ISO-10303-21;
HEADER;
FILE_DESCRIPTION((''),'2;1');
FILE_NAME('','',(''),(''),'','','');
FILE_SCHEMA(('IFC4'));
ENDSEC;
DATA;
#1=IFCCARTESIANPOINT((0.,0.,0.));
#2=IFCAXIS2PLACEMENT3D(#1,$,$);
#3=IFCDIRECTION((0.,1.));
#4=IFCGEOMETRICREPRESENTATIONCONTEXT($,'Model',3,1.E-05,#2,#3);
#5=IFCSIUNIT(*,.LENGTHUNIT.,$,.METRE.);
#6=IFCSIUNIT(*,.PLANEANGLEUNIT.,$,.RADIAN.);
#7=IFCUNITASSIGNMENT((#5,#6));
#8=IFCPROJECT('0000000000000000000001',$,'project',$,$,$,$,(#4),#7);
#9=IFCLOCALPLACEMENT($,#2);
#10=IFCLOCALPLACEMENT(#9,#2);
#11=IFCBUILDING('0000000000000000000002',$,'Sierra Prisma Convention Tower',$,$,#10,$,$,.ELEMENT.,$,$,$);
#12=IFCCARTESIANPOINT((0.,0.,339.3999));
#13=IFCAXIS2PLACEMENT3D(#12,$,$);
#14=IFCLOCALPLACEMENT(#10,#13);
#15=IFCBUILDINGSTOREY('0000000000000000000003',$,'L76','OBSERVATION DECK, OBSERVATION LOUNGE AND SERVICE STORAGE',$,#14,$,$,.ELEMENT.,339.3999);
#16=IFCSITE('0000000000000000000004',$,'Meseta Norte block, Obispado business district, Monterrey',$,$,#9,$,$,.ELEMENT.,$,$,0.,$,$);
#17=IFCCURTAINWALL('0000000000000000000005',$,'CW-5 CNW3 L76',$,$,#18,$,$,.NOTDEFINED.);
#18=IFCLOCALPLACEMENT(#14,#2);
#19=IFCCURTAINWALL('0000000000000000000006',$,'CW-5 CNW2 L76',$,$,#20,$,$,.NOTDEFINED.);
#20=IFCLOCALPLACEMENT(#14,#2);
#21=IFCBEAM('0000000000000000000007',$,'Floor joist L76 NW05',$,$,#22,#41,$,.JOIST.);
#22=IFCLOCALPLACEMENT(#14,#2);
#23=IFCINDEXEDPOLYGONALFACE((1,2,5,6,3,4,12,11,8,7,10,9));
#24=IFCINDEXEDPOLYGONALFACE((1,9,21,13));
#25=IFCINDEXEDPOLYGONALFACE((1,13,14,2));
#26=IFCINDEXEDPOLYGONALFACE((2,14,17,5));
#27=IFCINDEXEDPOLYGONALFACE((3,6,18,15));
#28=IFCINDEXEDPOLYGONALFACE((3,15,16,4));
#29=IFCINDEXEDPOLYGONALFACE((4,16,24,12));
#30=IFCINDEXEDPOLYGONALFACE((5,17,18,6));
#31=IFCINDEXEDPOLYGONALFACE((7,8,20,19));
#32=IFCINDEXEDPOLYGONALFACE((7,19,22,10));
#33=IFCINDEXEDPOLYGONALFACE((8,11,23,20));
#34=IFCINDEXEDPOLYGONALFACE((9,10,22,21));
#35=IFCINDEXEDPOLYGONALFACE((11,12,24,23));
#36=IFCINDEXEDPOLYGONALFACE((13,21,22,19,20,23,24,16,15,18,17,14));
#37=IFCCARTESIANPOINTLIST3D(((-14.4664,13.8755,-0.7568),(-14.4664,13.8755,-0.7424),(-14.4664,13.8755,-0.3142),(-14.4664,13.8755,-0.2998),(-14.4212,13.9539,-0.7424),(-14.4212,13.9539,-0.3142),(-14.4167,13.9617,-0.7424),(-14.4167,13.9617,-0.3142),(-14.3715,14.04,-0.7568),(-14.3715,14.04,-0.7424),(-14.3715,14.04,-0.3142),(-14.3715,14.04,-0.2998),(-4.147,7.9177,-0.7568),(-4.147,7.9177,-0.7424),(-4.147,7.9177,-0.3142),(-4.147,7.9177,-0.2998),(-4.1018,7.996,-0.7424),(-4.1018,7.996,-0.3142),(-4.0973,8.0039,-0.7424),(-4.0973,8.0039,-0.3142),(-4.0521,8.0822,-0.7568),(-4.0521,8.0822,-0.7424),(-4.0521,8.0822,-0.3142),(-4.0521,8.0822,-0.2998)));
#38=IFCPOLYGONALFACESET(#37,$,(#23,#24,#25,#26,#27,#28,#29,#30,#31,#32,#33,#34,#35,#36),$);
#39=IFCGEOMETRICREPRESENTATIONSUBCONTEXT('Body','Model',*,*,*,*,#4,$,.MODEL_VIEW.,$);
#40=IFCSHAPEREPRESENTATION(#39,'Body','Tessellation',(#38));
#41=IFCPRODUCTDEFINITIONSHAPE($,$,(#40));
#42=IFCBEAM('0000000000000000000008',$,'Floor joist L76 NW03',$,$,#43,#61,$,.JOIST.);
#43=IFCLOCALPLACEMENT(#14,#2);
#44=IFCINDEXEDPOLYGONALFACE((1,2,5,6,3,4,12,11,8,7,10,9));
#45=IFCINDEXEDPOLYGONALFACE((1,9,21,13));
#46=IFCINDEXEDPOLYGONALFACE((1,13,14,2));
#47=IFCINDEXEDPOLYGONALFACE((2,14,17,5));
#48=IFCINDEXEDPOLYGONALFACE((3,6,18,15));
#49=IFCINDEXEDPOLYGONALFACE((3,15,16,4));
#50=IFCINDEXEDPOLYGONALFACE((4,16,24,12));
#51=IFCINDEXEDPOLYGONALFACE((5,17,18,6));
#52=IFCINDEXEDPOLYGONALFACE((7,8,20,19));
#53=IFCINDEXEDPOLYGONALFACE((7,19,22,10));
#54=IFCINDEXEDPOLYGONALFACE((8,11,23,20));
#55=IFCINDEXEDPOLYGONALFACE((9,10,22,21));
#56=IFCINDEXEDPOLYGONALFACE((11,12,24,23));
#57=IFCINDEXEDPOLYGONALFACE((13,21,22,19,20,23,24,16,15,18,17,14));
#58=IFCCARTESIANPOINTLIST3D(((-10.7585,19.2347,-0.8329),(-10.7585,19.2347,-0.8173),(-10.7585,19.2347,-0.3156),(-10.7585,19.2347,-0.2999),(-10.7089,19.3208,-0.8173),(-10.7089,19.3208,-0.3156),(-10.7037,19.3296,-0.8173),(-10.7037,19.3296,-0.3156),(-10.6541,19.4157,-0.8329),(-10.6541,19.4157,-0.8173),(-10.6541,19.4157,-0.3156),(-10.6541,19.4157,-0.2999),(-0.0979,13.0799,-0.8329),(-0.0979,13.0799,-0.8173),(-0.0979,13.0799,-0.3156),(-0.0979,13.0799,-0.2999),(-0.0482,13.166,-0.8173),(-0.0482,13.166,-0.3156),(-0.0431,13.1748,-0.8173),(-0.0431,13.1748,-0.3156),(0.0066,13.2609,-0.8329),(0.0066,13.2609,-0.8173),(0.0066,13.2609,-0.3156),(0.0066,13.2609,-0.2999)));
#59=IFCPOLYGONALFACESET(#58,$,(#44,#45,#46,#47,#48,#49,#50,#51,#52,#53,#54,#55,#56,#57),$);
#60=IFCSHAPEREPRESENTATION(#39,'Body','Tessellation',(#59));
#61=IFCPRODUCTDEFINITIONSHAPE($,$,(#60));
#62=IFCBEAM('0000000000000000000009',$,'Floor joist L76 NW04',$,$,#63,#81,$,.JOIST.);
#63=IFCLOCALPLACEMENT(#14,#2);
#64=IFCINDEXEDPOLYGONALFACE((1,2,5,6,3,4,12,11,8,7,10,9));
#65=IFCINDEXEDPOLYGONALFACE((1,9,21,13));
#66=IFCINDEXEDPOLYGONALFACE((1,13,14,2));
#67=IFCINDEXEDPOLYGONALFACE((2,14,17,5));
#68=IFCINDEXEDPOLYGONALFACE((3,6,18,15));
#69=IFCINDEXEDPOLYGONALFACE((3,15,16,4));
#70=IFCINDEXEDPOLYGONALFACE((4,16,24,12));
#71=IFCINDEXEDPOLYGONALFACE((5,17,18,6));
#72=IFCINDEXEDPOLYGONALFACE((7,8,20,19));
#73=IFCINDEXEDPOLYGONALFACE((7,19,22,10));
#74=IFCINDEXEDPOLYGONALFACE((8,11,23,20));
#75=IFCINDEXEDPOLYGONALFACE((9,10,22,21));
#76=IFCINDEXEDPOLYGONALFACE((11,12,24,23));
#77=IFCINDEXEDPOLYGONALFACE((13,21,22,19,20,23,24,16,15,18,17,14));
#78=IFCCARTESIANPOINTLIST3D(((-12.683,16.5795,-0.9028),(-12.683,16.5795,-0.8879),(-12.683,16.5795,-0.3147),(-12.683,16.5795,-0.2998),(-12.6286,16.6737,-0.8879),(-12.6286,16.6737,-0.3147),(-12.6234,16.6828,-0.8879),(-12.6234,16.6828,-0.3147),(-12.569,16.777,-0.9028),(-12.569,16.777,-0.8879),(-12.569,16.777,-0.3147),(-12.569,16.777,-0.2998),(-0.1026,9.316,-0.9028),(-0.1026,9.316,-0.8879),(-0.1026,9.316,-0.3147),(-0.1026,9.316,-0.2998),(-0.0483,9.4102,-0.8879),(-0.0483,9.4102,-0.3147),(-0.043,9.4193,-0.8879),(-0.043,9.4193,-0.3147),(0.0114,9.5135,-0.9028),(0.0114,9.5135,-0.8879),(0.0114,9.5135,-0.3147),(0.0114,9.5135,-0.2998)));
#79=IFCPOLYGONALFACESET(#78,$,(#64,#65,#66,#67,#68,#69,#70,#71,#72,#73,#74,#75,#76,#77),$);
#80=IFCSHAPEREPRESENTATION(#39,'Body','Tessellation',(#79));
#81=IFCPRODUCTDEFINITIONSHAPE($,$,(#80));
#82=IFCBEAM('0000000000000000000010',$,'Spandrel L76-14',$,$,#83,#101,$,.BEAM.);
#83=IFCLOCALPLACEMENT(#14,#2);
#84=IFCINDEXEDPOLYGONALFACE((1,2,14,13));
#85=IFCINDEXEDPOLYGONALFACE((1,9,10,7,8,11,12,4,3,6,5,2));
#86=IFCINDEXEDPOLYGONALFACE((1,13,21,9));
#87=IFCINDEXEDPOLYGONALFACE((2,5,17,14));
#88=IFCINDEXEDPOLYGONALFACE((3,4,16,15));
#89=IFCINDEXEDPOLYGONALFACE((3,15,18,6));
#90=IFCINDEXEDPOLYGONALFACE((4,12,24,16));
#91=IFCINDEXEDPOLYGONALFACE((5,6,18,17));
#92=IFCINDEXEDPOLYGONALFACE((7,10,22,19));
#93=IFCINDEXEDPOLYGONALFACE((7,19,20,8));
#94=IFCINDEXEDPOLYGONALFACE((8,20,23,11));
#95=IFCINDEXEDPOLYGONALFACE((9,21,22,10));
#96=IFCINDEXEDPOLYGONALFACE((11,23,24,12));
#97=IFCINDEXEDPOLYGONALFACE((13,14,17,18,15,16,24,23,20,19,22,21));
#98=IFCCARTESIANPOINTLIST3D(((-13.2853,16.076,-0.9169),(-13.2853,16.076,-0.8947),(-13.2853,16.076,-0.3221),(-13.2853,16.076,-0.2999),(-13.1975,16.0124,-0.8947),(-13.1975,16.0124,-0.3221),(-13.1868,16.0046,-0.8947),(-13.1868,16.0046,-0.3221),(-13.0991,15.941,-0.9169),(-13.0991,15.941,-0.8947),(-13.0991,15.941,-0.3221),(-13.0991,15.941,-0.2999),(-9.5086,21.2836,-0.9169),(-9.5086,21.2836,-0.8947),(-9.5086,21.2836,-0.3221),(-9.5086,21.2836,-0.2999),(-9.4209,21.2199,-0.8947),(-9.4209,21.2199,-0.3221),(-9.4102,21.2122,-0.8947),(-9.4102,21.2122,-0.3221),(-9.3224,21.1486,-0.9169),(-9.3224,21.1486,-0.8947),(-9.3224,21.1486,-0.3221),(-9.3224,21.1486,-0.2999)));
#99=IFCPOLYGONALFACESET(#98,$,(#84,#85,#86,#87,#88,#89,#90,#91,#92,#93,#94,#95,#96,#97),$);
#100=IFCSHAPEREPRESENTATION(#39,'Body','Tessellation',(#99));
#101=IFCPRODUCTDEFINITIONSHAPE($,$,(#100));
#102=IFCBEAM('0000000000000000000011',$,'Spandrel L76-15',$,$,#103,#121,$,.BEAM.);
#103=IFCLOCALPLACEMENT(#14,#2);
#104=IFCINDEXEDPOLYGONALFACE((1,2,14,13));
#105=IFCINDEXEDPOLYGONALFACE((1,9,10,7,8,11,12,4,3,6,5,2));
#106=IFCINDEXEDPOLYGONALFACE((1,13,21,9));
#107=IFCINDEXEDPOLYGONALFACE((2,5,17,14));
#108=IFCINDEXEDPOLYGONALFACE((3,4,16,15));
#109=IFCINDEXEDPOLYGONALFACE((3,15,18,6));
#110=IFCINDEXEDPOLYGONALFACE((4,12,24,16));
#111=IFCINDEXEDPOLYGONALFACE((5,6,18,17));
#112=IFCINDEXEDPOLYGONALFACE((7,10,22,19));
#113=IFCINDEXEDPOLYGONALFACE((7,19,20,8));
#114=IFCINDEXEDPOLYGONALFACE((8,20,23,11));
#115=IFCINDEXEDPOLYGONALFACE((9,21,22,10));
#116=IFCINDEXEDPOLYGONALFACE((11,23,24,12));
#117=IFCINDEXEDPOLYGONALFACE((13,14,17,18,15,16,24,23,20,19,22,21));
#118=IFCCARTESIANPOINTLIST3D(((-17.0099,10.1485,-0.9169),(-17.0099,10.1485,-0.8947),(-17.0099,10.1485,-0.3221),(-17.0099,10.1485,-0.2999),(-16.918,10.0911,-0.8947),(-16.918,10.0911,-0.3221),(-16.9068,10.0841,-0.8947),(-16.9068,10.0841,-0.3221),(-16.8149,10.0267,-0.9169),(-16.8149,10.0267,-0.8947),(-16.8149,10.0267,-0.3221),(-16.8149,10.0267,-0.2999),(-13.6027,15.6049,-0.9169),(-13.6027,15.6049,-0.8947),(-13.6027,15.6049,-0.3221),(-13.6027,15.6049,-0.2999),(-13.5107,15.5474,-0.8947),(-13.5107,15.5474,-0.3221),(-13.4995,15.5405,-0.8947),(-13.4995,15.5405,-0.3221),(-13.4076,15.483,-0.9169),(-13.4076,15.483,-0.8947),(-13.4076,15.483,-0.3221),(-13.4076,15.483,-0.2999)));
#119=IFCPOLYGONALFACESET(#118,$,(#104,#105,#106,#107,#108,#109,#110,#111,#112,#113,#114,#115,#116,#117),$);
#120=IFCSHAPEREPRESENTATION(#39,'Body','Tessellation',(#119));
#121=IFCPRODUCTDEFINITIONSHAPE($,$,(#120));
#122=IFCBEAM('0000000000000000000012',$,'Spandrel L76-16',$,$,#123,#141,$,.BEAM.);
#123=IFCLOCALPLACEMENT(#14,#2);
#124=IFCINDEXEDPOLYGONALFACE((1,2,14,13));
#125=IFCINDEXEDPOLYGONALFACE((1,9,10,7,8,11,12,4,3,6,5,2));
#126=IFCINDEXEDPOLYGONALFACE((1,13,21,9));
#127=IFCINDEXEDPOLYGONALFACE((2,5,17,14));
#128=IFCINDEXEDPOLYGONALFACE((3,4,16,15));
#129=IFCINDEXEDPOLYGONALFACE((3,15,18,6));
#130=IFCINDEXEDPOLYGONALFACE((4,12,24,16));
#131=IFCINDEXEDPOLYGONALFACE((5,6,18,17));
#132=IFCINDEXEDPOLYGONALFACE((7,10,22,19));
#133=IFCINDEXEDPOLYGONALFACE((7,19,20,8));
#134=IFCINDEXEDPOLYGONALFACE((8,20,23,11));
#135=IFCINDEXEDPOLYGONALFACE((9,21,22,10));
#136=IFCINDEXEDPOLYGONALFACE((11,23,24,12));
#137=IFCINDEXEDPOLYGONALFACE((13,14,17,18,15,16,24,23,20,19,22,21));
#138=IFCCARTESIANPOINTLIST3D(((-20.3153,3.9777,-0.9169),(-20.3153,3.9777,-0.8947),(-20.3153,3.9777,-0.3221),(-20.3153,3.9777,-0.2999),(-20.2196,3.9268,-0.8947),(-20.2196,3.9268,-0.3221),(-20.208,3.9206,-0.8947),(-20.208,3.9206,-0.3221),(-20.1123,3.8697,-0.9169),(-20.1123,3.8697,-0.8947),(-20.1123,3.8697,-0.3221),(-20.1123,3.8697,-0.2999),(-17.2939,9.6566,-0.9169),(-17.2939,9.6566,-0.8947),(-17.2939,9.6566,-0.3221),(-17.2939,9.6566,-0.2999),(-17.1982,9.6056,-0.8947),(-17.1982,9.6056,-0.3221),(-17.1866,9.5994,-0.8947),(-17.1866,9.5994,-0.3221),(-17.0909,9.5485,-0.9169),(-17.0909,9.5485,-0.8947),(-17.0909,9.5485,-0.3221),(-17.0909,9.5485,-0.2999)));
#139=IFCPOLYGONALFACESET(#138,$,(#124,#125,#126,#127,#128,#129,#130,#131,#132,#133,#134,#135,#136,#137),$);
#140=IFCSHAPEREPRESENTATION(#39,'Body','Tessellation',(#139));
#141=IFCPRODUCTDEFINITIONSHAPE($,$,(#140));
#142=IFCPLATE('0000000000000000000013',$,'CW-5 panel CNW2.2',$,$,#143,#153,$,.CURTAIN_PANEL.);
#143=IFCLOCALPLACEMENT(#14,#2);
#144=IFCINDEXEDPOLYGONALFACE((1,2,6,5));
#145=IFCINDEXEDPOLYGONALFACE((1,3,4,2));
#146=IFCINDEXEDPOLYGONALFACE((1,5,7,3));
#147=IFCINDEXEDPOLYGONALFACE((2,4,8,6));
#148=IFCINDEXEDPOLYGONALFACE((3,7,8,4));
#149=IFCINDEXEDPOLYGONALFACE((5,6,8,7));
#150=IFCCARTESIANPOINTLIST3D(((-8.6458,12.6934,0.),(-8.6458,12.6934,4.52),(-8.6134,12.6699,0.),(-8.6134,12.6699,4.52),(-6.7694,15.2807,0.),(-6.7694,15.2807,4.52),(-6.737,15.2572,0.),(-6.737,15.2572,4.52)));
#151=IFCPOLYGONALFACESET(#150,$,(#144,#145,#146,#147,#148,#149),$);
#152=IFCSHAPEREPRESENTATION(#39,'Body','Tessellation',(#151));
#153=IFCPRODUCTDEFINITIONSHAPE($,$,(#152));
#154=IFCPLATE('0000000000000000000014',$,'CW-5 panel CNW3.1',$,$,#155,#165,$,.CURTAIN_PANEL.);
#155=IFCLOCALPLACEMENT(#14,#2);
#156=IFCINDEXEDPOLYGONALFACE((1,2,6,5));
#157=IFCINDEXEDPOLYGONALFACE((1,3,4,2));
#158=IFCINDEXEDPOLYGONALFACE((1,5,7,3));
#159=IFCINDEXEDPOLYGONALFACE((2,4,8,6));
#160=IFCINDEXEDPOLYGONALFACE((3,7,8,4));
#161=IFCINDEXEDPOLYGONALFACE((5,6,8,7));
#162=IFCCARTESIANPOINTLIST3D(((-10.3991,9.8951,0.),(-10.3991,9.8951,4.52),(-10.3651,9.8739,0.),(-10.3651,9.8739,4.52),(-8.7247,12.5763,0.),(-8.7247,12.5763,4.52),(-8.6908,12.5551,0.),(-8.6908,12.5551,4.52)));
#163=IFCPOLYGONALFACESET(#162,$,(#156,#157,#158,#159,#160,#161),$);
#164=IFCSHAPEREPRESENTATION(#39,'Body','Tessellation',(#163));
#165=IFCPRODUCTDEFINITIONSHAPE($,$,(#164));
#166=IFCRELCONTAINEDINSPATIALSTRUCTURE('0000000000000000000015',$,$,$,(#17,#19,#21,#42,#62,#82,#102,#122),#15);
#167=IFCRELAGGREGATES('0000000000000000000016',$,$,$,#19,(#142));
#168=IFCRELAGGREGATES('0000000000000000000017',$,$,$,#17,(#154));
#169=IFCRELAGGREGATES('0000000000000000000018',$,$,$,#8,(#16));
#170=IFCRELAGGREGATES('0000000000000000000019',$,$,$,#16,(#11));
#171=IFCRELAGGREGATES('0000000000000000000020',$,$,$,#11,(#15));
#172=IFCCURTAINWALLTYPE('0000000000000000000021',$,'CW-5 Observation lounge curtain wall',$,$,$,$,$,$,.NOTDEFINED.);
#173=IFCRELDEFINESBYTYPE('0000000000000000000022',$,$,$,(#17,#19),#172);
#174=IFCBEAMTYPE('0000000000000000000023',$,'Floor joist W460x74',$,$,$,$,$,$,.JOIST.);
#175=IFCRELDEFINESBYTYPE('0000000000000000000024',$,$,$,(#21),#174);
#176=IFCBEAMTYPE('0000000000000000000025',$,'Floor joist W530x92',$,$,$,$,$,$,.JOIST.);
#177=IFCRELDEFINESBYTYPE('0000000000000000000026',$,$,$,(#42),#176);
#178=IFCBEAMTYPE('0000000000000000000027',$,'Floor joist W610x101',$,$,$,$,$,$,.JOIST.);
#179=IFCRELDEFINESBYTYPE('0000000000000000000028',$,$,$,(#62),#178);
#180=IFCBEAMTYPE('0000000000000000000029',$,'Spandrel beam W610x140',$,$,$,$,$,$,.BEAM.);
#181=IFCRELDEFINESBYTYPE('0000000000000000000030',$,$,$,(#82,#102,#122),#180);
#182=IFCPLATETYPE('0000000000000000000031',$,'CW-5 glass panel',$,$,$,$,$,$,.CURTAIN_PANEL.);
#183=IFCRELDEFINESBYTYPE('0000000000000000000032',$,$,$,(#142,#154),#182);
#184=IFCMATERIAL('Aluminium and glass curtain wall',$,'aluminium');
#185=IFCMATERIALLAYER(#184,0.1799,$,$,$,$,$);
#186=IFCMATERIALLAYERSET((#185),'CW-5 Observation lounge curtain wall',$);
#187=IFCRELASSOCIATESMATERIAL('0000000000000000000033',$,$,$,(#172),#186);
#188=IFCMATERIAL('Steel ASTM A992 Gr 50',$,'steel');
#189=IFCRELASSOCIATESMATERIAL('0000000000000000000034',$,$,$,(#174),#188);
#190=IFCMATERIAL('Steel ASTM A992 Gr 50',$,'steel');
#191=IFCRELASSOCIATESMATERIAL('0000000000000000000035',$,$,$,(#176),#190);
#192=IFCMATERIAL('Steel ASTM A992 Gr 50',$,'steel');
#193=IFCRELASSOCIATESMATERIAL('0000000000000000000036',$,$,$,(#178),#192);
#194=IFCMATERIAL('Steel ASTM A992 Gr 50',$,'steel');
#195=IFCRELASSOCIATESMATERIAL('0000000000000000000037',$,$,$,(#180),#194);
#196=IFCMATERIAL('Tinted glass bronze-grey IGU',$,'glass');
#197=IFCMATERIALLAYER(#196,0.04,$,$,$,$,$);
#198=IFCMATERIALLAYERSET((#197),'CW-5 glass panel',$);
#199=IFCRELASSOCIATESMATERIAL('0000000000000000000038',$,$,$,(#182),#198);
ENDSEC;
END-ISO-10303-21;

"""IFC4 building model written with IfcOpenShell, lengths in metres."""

from ifc_helpers import new_model, si_unit, direction, frame, origin, origin_2d, place, context, subcontext, project, spatial, rectangle, i_section, extrude, material, layer, layer_set, material_profile, profile_set, type_object, element, aggregate, save


model = new_model("IFC4")

# Units and contexts
model_context = context("Model", 3, precision=1e-05, world=origin(), true_north=direction((0.0, 1.0)))
body_context = subcontext(model_context, "Body", "Model", "MODEL_VIEW")
ifc_project = project(units=[si_unit("LENGTHUNIT", "METRE"), si_unit("PLANEANGLEUNIT", "RADIAN")], contexts=[model_context])

# Site, building, storey
site_placement = place(None, origin())
site = spatial("IfcSite", under=ifc_project, at=site_placement, Name="Meseta Norte block, Obispado business district, Monterrey", CompositionType="ELEMENT", RefElevation=0.0)
building_placement = place(site_placement, origin())
building = spatial("IfcBuilding", under=site, at=building_placement, Name="Sierra Prisma Convention Tower", CompositionType="ELEMENT")
storey_placement = place(building_placement, frame((0.0, 0.0, 339.3999)))
storey = spatial("IfcBuildingStorey", under=building, at=storey_placement, Name="L76", Description="OBSERVATION DECK, OBSERVATION LOUNGE AND SERVICE STORAGE", CompositionType="ELEMENT", Elevation=339.3999)

# Curtain wall
ifc_material_1 = material(Name="Aluminium and glass curtain wall", Category="aluminium")
ifc_layer_1 = layer(ifc_material_1, 0.1799)
ifc_layer_set_1 = layer_set([ifc_layer_1], Name="CW-5 Observation lounge curtain wall")
curtain_wall_type = type_object("IfcCurtainWallType", Name="CW-5 Observation lounge curtain wall", PredefinedType="NOTDEFINED", material=ifc_layer_set_1)
curtain_wall_1_placement = place(storey_placement, origin())
curtain_wall_1 = element("IfcCurtainWall", 1, at=curtain_wall_1_placement, inside=storey, type_object=curtain_wall_type, Name="CW-5 CNW3 L76", PredefinedType="NOTDEFINED")

# Curtain wall
curtain_wall_2_placement = place(storey_placement, origin())
curtain_wall_2 = element("IfcCurtainWall", 2, at=curtain_wall_2_placement, inside=storey, type_object=curtain_wall_type, Name="CW-5 CNW2 L76", PredefinedType="NOTDEFINED")

# Beams
ifc_material_2 = material(Name="Steel ASTM A992 Gr 50", Category="steel")
ifc_material_profile_1 = material_profile(ifc_material_2, i_section(OverallWidth=0.1899, OverallDepth=0.457, WebThickness=0.009, FlangeThickness=0.0144, at=origin_2d()), Name="W460x74")
ifc_profile_set_1 = profile_set([ifc_material_profile_1], Name="Steel ASTM A992 Gr 50")
beam_type_1 = type_object("IfcBeamType", Name="Floor joist W460x74", PredefinedType="JOIST", material=ifc_profile_set_1)
beam_1_placement = place(storey_placement, frame((-14.4189, 13.9578, -0.5283), z_axis=(0.866029, -0.499993, 0.0), x_axis=(0.499993, 0.866029, 0.0)))
element("IfcBeam", 3, at=beam_1_placement, inside=storey, type_object=beam_type_1, Name="Floor joist L76 NW05", PredefinedType="JOIST", context=body_context, shape_type="SweptSolid", body=[
    extrude(i_section(OverallWidth=0.1899, OverallDepth=0.457, WebThickness=0.009, FlangeThickness=0.0144, at=origin_2d()), origin(), (0.0, 0.0, 1.0), 11.9158),
])
ifc_material_3 = material(Name="Steel ASTM A992 Gr 50", Category="steel")
ifc_material_profile_2 = material_profile(ifc_material_3, i_section(OverallWidth=0.209, OverallDepth=0.533, WebThickness=0.0103, FlangeThickness=0.0156, at=origin_2d()), Name="W530x92")
ifc_profile_set_2 = profile_set([ifc_material_profile_2], Name="Steel ASTM A992 Gr 50")
beam_type_2 = type_object("IfcBeamType", Name="Floor joist W530x92", PredefinedType="JOIST", material=ifc_profile_set_2)
beam_2_placement = place(storey_placement, frame((-10.7063, 19.3252, -0.5664), z_axis=(0.86603, -0.499991, 0.0), x_axis=(0.499991, 0.86603, 0.0)))
element("IfcBeam", 4, at=beam_2_placement, inside=storey, type_object=beam_type_2, Name="Floor joist L76 NW03", PredefinedType="JOIST", context=body_context, shape_type="SweptSolid", body=[
    extrude(i_section(OverallWidth=0.209, OverallDepth=0.533, WebThickness=0.0103, FlangeThickness=0.0156, at=origin_2d()), origin(), (0.0, 0.0, 1.0), 12.3098),
])
ifc_material_4 = material(Name="Steel ASTM A992 Gr 50", Category="steel")
ifc_material_profile_3 = material_profile(ifc_material_4, i_section(OverallWidth=0.228, OverallDepth=0.603, WebThickness=0.0105, FlangeThickness=0.0149, at=origin_2d()), Name="W610x101")
ifc_profile_set_3 = profile_set([ifc_material_profile_3], Name="Steel ASTM A992 Gr 50")
beam_type_3 = type_object("IfcBeamType", Name="Floor joist W610x101", PredefinedType="JOIST", material=ifc_profile_set_3)
beam_3_placement = place(storey_placement, frame((-12.626, 16.6782, -0.6013), z_axis=(0.86602, -0.500009, 0.0), x_axis=(0.500009, 0.86602, 0.0)))
element("IfcBeam", 5, at=beam_3_placement, inside=storey, type_object=beam_type_3, Name="Floor joist L76 NW04", PredefinedType="JOIST", context=body_context, shape_type="SweptSolid", body=[
    extrude(i_section(OverallWidth=0.228, OverallDepth=0.603, WebThickness=0.0105, FlangeThickness=0.0149, at=origin_2d()), origin(), (0.0, 0.0, 1.0), 14.5266),
])
ifc_material_5 = material(Name="Steel ASTM A992 Gr 50", Category="steel")
ifc_material_profile_4 = material_profile(ifc_material_5, i_section(OverallWidth=0.23, OverallDepth=0.6169, WebThickness=0.0132, FlangeThickness=0.0222, at=origin_2d()), Name="W610x140")
ifc_profile_set_4 = profile_set([ifc_material_profile_4], Name="Steel ASTM A992 Gr 50")
beam_type_4 = type_object("IfcBeamType", Name="Spandrel beam W610x140", PredefinedType="BEAM", material=ifc_profile_set_4)
for number, where, z_axis, x_axis, name in (
    (6, (-9.4155, 21.2161, -0.6084), (-0.587086, -0.809525, 0.0), (0.809525, -0.587086, 0.0), "Spandrel L76-14"),
    (7, (-13.5051, 15.5439, -0.6084), (-0.529668, -0.848205, 0.0), (0.848205, -0.529668, 0.0), "Spandrel L76-15"),
):
    element("IfcBeam", number, at=place(storey_placement, frame(where, z_axis=z_axis, x_axis=x_axis)), inside=storey, type_object=beam_type_4, Name=name, PredefinedType="BEAM", context=body_context, shape_type="SweptSolid", body=[
        extrude(i_section(OverallWidth=0.23, OverallDepth=0.6169, WebThickness=0.0132, FlangeThickness=0.0222, at=origin_2d()), origin(), (0.0, 0.0, 1.0), 6.4329),
    ])
beam_4_placement = place(storey_placement, frame((-17.1924, 9.6025, -0.6084), z_axis=(-0.469705, -0.882823, 0.0), x_axis=(0.882823, -0.469705, 0.0)))
element("IfcBeam", 8, at=beam_4_placement, inside=storey, type_object=beam_type_4, Name="Spandrel L76-16", PredefinedType="BEAM", context=body_context, shape_type="SweptSolid", body=[
    extrude(i_section(OverallWidth=0.23, OverallDepth=0.6169, WebThickness=0.0132, FlangeThickness=0.0222, at=origin_2d()), origin(), (0.0, 0.0, 1.0), 6.4326),
])

# Plates
ifc_material_6 = material(Name="Tinted glass bronze-grey IGU", Category="glass")
ifc_layer_2 = layer(ifc_material_6, 0.04)
ifc_layer_set_2 = layer_set([ifc_layer_2], Name="CW-5 glass panel")
plate_type = type_object("IfcPlateType", Name="CW-5 glass panel", PredefinedType="CURTAIN_PANEL", material=ifc_layer_set_2)
plate_1_placement = place(storey_placement, frame((-7.6914, 13.9753, 0.0), z_axis=(0.0, 0.0, 1.0), x_axis=(-0.587078, -0.80953, 0.0)))
plate_1 = element("IfcPlate", 9, at=plate_1_placement, type_object=plate_type, Name="CW-5 panel CNW2.2", PredefinedType="CURTAIN_PANEL", context=body_context, shape_type="SweptSolid", body=[
    extrude(rectangle(XDim=3.196, YDim=0.04, at=origin_2d()), origin(), (0.0, 0.0, 1.0), 4.52),
])
aggregate(curtain_wall_2, [plate_1])
plate_2_placement = place(storey_placement, frame((-9.5449, 11.2251, 0.0), z_axis=(0.0, 0.0, 1.0), x_axis=(-0.529672, -0.848202, 0.0)))
plate_2 = element("IfcPlate", 10, at=plate_2_placement, type_object=plate_type, Name="CW-5 panel CNW3.1", PredefinedType="CURTAIN_PANEL", context=body_context, shape_type="SweptSolid", body=[
    extrude(rectangle(XDim=3.1611, YDim=0.04, at=origin_2d()), origin(), (0.0, 0.0, 1.0), 4.52),
])
aggregate(curtain_wall_1, [plate_2])

save(model, "model.ifc")
